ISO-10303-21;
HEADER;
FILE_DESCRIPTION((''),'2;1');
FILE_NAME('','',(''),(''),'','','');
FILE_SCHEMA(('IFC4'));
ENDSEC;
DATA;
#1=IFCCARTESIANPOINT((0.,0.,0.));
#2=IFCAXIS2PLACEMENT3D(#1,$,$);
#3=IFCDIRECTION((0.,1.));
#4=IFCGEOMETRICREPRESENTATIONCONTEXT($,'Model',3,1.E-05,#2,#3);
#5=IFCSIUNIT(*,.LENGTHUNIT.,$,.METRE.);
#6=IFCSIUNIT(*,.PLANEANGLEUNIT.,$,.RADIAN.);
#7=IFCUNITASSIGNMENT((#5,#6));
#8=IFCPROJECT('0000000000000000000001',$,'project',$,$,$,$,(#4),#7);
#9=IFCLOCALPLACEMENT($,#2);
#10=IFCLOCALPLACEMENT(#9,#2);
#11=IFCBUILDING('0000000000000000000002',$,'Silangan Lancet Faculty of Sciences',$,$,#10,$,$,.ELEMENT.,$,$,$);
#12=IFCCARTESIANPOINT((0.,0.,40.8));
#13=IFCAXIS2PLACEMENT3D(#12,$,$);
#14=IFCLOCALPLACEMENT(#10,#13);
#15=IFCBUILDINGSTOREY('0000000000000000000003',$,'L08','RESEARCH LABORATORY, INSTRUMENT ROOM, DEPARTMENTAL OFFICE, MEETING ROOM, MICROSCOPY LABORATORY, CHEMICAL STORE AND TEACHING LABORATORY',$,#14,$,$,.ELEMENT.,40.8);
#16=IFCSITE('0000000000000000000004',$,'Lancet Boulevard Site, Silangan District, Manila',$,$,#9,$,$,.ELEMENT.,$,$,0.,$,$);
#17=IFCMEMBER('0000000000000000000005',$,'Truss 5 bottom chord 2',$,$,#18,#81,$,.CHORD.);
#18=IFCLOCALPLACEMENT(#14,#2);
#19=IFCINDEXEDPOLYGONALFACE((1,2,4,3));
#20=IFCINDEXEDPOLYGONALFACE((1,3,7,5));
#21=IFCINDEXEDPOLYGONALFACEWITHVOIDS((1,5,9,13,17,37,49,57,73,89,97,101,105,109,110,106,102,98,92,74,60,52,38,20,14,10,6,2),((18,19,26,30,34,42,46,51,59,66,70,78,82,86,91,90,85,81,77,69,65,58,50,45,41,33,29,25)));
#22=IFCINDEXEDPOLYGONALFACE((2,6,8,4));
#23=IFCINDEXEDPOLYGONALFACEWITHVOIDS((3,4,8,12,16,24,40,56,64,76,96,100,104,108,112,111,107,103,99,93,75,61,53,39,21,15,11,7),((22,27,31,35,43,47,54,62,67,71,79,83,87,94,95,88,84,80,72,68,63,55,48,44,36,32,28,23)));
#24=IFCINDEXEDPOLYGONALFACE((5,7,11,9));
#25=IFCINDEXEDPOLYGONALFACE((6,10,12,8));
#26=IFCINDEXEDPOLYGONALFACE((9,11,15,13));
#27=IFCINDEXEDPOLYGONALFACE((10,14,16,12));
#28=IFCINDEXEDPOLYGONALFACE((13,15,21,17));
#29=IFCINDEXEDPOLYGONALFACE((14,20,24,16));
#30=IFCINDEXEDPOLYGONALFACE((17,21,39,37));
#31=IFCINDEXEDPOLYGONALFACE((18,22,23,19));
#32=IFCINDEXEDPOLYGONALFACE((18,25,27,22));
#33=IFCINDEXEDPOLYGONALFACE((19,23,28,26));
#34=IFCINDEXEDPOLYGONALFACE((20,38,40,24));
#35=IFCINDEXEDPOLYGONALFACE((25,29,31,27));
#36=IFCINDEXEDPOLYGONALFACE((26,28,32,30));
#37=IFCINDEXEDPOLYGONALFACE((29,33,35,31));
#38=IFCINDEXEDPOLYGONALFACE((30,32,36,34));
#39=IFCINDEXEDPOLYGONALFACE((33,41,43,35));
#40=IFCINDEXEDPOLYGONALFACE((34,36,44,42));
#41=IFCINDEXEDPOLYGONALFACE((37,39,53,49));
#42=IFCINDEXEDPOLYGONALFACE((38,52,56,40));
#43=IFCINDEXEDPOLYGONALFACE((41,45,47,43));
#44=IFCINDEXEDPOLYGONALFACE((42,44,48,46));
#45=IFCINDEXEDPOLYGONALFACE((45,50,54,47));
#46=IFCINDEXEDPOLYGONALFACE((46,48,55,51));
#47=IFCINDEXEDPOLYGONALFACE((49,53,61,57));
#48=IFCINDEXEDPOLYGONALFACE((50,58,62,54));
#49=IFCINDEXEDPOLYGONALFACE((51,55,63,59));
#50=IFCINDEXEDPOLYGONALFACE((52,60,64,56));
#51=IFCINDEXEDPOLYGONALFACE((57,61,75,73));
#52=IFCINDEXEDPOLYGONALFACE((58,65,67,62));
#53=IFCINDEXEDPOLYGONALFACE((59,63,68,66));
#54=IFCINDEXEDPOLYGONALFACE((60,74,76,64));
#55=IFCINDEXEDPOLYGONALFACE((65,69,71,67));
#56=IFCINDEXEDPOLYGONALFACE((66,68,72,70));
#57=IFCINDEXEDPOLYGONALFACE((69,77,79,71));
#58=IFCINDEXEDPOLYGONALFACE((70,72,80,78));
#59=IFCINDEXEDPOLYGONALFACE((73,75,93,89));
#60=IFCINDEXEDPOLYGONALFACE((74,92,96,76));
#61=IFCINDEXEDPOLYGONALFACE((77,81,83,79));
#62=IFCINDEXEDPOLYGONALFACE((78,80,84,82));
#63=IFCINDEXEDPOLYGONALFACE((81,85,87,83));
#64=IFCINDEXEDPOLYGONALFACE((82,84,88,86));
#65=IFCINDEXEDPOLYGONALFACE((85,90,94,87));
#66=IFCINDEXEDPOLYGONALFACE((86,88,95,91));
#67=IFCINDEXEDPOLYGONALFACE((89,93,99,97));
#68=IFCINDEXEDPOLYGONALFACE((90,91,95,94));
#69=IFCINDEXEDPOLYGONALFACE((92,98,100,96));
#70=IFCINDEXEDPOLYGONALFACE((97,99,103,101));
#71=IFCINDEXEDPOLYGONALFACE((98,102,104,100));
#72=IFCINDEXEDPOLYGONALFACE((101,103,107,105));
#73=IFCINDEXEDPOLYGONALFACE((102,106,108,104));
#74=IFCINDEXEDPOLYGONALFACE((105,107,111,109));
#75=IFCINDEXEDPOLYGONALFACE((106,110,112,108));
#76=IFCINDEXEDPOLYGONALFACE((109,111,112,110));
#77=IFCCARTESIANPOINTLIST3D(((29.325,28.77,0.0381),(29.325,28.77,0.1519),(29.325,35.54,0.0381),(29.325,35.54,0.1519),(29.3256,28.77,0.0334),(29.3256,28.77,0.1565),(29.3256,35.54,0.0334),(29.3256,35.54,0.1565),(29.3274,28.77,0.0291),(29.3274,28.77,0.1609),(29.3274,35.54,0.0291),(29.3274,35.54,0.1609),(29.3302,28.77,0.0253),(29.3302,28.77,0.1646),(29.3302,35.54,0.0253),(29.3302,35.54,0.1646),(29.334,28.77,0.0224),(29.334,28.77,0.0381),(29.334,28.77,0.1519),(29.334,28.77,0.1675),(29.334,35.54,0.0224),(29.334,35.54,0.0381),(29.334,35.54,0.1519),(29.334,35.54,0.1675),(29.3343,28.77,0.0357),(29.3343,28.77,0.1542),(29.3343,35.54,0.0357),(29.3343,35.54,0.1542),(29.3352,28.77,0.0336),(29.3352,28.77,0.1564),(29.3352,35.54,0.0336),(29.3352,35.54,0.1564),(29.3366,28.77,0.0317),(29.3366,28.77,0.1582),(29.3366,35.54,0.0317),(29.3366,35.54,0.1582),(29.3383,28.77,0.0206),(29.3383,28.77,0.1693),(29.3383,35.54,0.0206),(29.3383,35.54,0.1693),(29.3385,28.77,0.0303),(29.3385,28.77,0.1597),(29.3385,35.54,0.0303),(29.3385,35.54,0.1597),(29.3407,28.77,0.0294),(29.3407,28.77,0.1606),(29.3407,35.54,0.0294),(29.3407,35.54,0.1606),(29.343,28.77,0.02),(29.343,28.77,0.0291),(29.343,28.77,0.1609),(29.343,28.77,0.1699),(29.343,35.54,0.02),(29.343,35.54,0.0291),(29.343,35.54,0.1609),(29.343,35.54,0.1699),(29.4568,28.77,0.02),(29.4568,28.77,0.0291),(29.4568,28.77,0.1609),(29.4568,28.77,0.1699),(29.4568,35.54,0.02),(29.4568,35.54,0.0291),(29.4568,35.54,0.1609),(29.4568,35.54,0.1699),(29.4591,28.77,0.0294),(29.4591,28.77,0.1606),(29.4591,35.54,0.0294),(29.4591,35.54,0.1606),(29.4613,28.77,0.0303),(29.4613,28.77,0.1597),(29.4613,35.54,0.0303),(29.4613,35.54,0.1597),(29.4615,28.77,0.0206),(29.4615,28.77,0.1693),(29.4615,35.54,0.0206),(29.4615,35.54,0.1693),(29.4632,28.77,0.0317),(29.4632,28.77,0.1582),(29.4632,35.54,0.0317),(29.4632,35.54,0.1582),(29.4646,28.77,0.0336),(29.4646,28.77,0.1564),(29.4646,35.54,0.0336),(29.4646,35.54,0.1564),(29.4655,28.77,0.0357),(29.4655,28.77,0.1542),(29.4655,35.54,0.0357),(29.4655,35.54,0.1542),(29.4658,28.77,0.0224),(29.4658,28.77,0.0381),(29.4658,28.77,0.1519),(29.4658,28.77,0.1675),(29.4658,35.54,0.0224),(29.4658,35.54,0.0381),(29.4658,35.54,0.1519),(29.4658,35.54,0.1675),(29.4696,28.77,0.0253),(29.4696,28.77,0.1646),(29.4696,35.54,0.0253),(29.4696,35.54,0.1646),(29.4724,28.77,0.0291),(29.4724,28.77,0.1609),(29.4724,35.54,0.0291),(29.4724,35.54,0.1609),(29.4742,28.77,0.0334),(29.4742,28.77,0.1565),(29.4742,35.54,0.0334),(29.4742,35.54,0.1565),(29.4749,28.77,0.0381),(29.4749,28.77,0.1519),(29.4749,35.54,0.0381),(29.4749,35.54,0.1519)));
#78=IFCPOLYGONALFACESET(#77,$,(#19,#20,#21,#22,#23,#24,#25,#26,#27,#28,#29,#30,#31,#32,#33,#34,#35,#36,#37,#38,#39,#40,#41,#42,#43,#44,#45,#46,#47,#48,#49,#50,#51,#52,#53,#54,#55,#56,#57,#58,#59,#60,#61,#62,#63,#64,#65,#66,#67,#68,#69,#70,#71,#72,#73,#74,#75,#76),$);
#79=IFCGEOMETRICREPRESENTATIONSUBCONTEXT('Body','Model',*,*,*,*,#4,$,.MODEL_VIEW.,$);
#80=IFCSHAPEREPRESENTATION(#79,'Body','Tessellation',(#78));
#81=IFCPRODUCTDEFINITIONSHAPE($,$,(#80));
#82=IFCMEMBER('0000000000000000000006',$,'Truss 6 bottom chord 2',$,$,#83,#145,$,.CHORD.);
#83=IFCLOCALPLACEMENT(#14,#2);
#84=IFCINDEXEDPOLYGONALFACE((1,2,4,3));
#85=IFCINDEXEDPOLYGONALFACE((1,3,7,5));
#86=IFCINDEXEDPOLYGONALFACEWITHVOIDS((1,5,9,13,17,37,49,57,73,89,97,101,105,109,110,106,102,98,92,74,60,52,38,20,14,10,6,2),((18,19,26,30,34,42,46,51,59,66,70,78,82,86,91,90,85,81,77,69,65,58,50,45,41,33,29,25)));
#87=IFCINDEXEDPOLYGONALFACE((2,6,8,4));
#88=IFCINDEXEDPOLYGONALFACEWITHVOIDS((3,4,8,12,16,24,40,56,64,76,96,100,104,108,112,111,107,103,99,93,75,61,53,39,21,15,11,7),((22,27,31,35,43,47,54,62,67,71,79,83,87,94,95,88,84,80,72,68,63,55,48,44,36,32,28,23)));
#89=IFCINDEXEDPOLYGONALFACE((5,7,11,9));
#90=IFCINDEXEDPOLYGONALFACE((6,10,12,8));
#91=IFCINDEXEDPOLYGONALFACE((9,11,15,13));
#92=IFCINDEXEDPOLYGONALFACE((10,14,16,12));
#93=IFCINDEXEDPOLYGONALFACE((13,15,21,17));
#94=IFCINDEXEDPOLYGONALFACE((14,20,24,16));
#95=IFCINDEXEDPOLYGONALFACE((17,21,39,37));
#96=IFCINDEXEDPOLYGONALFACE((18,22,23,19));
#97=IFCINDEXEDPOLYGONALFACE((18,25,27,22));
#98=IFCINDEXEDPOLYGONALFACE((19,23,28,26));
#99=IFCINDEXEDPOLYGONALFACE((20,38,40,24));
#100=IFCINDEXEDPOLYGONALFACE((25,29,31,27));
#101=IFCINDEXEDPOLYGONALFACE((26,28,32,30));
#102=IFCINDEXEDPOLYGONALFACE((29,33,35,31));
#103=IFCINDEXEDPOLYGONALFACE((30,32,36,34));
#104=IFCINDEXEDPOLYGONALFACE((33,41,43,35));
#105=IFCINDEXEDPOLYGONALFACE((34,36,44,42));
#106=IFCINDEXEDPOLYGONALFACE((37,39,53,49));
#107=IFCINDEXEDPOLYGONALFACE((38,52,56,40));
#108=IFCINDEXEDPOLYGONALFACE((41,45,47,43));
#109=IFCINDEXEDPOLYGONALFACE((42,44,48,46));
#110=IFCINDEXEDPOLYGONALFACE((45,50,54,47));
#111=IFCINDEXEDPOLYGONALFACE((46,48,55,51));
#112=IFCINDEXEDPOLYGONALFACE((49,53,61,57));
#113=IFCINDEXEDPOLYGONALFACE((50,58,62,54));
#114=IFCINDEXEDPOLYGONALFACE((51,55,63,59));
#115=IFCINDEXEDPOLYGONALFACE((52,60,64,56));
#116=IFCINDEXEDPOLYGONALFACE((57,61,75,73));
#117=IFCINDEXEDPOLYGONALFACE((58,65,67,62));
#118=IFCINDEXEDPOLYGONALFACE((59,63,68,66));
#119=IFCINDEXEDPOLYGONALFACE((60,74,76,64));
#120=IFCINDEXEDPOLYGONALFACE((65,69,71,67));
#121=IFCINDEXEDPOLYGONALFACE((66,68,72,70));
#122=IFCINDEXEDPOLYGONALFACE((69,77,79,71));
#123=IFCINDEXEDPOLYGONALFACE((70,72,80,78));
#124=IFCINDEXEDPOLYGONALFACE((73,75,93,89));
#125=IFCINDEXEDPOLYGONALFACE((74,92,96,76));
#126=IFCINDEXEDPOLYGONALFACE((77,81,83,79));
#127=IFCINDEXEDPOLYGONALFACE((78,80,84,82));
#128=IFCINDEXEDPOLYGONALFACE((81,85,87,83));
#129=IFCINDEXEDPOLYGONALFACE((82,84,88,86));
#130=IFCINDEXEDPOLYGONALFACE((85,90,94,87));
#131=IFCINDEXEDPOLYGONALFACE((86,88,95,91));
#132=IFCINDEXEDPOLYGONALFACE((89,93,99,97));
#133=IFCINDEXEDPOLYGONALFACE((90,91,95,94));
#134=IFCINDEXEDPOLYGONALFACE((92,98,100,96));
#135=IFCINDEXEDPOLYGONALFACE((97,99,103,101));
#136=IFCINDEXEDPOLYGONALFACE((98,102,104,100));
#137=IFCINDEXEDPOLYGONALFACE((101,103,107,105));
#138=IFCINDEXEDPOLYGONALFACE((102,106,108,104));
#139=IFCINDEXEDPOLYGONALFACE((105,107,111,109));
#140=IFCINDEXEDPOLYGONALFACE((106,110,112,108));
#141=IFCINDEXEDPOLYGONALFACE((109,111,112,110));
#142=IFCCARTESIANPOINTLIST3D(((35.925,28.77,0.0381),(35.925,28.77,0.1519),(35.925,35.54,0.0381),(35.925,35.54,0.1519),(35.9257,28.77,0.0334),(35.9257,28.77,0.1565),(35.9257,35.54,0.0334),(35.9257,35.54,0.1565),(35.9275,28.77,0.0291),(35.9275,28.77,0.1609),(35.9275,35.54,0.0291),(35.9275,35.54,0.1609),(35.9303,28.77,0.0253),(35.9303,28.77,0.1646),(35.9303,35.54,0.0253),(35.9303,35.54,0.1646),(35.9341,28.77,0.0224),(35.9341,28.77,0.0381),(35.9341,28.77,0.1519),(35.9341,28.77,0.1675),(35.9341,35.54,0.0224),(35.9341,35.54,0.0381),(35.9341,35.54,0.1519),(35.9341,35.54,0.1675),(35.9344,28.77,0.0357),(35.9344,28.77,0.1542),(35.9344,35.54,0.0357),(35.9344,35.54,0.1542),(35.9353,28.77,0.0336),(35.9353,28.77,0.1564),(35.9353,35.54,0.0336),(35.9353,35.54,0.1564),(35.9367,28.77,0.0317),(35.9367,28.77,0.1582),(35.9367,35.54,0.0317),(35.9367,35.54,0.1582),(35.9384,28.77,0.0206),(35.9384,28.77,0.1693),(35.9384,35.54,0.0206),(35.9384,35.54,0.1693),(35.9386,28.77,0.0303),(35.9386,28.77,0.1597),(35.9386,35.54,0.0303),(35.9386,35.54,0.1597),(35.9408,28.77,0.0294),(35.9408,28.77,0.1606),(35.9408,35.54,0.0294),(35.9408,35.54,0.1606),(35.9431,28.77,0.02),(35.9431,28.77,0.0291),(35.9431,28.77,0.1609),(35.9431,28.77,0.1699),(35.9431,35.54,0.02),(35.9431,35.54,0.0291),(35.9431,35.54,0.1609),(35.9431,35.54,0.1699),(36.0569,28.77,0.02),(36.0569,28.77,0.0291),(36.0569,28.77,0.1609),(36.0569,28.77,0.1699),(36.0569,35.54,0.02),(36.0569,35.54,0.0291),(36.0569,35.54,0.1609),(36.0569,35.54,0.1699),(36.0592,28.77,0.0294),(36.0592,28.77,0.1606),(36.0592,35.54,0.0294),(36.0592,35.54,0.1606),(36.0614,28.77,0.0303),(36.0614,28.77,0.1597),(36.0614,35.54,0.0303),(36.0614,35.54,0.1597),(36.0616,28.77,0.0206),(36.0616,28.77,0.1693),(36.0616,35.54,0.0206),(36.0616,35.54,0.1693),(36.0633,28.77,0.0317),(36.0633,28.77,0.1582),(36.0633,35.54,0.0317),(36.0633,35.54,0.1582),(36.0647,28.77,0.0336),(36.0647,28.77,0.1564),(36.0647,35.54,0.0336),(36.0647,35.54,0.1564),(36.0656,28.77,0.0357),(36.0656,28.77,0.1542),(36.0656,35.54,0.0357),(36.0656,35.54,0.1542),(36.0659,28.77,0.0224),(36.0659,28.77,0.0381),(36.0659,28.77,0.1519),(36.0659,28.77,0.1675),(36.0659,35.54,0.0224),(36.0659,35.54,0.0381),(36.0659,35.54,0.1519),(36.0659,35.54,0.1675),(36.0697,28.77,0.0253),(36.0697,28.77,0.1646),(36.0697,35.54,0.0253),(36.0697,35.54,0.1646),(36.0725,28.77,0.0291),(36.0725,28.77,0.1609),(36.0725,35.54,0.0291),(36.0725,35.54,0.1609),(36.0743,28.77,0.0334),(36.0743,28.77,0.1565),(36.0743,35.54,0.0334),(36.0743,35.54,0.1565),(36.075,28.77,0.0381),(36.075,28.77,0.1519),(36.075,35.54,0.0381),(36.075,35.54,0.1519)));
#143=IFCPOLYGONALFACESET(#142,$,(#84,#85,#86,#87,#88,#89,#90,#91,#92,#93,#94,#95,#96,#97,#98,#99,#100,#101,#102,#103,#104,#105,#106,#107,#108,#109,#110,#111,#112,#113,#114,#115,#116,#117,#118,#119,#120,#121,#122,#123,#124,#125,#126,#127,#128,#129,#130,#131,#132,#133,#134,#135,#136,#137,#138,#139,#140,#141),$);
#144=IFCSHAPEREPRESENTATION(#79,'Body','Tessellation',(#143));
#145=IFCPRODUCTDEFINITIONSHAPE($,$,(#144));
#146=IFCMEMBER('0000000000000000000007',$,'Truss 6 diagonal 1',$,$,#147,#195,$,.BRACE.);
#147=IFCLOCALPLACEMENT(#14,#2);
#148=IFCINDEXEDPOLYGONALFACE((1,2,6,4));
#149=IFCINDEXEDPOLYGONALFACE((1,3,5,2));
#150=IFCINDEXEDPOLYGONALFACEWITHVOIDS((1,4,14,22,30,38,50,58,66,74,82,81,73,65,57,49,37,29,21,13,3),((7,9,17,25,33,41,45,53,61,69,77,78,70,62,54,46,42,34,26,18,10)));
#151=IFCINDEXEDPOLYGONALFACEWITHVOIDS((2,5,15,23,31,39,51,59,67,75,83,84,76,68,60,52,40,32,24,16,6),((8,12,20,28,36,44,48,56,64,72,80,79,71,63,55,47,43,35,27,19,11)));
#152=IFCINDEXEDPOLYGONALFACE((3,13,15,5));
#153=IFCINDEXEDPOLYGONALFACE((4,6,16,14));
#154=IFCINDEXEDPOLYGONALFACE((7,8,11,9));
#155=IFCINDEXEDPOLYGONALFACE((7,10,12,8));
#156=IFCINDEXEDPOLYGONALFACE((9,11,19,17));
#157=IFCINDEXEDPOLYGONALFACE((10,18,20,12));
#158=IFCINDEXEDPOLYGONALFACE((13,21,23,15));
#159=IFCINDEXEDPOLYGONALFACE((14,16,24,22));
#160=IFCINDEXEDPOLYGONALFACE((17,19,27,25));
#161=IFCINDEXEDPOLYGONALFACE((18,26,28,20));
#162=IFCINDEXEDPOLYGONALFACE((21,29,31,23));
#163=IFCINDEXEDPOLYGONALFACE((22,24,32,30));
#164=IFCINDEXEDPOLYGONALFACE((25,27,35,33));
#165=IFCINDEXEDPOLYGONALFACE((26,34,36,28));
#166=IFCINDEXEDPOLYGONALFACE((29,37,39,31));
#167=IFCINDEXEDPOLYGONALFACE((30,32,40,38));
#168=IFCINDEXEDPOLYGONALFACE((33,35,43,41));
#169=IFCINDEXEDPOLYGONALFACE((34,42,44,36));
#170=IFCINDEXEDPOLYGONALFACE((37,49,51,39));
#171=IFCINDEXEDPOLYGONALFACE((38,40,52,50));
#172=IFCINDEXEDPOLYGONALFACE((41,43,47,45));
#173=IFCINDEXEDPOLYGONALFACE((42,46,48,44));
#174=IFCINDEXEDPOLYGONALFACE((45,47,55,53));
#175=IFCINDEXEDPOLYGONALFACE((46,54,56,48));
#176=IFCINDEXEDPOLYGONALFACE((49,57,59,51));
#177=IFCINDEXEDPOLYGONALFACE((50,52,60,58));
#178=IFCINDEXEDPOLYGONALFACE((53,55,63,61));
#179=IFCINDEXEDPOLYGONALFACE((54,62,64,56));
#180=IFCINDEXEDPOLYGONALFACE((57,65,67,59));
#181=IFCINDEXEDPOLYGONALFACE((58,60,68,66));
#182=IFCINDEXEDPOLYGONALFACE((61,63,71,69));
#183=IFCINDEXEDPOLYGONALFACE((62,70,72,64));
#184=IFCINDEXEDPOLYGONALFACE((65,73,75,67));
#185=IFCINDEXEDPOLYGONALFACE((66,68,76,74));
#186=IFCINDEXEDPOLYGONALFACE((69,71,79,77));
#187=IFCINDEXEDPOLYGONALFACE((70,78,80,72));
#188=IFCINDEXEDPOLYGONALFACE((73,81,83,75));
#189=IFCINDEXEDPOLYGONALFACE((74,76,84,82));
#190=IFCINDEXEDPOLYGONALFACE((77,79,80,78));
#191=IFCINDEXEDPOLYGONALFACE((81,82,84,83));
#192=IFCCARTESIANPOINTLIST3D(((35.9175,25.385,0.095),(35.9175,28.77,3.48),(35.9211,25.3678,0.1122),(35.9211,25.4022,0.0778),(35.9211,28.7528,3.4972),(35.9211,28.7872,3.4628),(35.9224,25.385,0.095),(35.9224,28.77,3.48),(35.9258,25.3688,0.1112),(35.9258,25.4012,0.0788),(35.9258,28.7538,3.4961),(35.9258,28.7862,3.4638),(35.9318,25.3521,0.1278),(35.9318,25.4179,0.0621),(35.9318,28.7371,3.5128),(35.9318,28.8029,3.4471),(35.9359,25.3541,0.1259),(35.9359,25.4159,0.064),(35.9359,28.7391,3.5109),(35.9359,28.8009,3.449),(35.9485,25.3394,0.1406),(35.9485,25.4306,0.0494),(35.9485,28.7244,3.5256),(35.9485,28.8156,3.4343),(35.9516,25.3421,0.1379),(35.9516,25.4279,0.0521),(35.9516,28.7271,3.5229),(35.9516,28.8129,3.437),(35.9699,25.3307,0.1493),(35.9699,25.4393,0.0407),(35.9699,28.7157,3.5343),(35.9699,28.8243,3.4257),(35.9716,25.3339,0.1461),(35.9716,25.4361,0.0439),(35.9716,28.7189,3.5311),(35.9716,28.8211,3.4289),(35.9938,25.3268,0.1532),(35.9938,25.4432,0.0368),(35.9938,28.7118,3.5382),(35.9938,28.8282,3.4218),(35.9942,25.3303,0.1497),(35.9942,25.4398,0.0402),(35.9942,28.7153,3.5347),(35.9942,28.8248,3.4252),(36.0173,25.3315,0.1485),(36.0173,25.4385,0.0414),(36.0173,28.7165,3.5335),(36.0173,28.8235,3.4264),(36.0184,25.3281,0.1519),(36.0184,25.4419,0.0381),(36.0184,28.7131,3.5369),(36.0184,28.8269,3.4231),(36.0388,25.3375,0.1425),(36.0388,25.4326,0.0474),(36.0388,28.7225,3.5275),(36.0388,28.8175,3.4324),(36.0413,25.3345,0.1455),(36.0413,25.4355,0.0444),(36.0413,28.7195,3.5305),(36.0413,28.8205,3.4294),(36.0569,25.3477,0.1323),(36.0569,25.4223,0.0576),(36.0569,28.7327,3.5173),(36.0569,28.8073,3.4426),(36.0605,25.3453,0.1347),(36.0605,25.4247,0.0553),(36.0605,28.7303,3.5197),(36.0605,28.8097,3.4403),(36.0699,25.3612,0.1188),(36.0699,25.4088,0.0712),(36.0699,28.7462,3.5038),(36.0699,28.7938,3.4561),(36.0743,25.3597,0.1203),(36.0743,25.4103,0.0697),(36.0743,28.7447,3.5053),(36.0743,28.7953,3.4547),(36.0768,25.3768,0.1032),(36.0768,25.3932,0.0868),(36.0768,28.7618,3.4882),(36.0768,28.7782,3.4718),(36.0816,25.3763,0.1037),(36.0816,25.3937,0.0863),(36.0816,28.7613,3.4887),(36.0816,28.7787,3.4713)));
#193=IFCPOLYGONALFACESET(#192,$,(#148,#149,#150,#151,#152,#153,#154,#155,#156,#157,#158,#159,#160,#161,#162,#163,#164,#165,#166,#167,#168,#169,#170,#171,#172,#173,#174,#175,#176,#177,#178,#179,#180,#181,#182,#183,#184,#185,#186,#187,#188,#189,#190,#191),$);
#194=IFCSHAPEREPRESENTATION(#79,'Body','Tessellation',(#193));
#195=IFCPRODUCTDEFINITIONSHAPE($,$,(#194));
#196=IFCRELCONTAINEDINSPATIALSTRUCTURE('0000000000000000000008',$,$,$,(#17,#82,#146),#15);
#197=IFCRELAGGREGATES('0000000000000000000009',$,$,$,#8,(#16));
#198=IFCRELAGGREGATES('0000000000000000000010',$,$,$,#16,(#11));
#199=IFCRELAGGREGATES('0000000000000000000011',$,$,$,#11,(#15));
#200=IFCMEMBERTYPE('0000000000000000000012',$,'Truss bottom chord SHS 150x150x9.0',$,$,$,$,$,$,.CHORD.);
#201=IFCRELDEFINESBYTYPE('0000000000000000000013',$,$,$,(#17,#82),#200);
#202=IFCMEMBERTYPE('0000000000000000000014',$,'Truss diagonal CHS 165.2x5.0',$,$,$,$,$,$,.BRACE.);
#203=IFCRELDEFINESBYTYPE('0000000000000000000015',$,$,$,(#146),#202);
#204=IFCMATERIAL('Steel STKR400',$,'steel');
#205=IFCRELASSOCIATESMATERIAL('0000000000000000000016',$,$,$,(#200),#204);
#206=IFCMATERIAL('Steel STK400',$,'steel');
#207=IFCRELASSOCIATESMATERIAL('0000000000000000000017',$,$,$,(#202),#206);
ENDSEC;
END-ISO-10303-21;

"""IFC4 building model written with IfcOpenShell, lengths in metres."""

from ifc_helpers import new_model, si_unit, direction, frame, origin, origin_2d, place, context, subcontext, project, spatial, hollow_rectangle, hollow_circle, extrude, material, material_profile, profile_set, type_object, element, save


model = new_model("IFC4")

# Units and contexts
model_context = context("Model", 3, precision=1e-05, world=origin(), true_north=direction((0.0, 1.0)))
body_context = subcontext(model_context, "Body", "Model", "MODEL_VIEW")
ifc_project = project(units=[si_unit("LENGTHUNIT", "METRE"), si_unit("PLANEANGLEUNIT", "RADIAN")], contexts=[model_context])

# Site, building, storey
site_placement = place(None, origin())
site = spatial("IfcSite", under=ifc_project, at=site_placement, Name="Lancet Boulevard Site, Silangan District, Manila", CompositionType="ELEMENT", RefElevation=0.0)
building_placement = place(site_placement, origin())
building = spatial("IfcBuilding", under=site, at=building_placement, Name="Silangan Lancet Faculty of Sciences", CompositionType="ELEMENT")
storey_placement = place(building_placement, frame((0.0, 0.0, 40.8)))
storey = spatial("IfcBuildingStorey", under=building, at=storey_placement, Name="L08", Description="RESEARCH LABORATORY, INSTRUMENT ROOM, DEPARTMENTAL OFFICE, MEETING ROOM, MICROSCOPY LABORATORY, CHEMICAL STORE AND TEACHING LABORATORY", CompositionType="ELEMENT", Elevation=40.8)

# Members
ifc_material_1 = material(Name="Steel STKR400", Category="steel")
ifc_material_profile_1 = material_profile(ifc_material_1, hollow_rectangle(XDim=0.1499, YDim=0.1499, WallThickness=0.009, InnerFilletRadius=0.009, OuterFilletRadius=0.0181, at=origin_2d()), Name="SHS 150x150x9.0")
ifc_profile_set_1 = profile_set([ifc_material_profile_1], Name="Steel STKR400")
member_type_1 = type_object("IfcMemberType", Name="Truss bottom chord SHS 150x150x9.0", PredefinedType="CHORD", material=ifc_profile_set_1)
for number, where, z_axis, x_axis, name in (
    (1, (29.3999, 28.77, 0.095), (0.0, 1.0, 0.0), (-1.0, 0.0, 0.0), "Truss 5 bottom chord 2"),
    (2, (36.0, 28.77, 0.095), (0.0, 1.0, 0.0), (-1.0, 0.0, 0.0), "Truss 6 bottom chord 2"),
):
    element("IfcMember", number, at=place(storey_placement, frame(where, z_axis=z_axis, x_axis=x_axis)), inside=storey, type_object=member_type_1, Name=name, PredefinedType="CHORD", context=body_context, shape_type="SweptSolid", body=[
        extrude(hollow_rectangle(XDim=0.1499, YDim=0.1499, WallThickness=0.009, InnerFilletRadius=0.009, OuterFilletRadius=0.0181, at=origin_2d()), origin(), (0.0, 0.0, 1.0), 6.77),
    ])
ifc_material_2 = material(Name="Steel STK400", Category="steel")
ifc_material_profile_2 = material_profile(ifc_material_2, hollow_circle(Radius=0.0825, WallThickness=0.0049, at=origin_2d()), Name="CHS 165.2x5.0")
ifc_profile_set_2 = profile_set([ifc_material_profile_2], Name="Steel STK400")
member_type_2 = type_object("IfcMemberType", Name="Truss diagonal CHS 165.2x5.0", PredefinedType="BRACE", material=ifc_profile_set_2)
member_1_placement = place(storey_placement, frame((36.0, 25.385, 0.095), z_axis=(0.0, 0.707107, 0.707107), x_axis=(-1.0, 0.0, 0.0)))
element("IfcMember", 3, at=member_1_placement, inside=storey, type_object=member_type_2, Name="Truss 6 diagonal 1", PredefinedType="BRACE", context=body_context, shape_type="SweptSolid", body=[
    extrude(hollow_circle(Radius=0.0825, WallThickness=0.0049, at=origin_2d()), origin(), (0.0, 0.0, 1.0), 4.7871),
])

save(model, "model.ifc")
